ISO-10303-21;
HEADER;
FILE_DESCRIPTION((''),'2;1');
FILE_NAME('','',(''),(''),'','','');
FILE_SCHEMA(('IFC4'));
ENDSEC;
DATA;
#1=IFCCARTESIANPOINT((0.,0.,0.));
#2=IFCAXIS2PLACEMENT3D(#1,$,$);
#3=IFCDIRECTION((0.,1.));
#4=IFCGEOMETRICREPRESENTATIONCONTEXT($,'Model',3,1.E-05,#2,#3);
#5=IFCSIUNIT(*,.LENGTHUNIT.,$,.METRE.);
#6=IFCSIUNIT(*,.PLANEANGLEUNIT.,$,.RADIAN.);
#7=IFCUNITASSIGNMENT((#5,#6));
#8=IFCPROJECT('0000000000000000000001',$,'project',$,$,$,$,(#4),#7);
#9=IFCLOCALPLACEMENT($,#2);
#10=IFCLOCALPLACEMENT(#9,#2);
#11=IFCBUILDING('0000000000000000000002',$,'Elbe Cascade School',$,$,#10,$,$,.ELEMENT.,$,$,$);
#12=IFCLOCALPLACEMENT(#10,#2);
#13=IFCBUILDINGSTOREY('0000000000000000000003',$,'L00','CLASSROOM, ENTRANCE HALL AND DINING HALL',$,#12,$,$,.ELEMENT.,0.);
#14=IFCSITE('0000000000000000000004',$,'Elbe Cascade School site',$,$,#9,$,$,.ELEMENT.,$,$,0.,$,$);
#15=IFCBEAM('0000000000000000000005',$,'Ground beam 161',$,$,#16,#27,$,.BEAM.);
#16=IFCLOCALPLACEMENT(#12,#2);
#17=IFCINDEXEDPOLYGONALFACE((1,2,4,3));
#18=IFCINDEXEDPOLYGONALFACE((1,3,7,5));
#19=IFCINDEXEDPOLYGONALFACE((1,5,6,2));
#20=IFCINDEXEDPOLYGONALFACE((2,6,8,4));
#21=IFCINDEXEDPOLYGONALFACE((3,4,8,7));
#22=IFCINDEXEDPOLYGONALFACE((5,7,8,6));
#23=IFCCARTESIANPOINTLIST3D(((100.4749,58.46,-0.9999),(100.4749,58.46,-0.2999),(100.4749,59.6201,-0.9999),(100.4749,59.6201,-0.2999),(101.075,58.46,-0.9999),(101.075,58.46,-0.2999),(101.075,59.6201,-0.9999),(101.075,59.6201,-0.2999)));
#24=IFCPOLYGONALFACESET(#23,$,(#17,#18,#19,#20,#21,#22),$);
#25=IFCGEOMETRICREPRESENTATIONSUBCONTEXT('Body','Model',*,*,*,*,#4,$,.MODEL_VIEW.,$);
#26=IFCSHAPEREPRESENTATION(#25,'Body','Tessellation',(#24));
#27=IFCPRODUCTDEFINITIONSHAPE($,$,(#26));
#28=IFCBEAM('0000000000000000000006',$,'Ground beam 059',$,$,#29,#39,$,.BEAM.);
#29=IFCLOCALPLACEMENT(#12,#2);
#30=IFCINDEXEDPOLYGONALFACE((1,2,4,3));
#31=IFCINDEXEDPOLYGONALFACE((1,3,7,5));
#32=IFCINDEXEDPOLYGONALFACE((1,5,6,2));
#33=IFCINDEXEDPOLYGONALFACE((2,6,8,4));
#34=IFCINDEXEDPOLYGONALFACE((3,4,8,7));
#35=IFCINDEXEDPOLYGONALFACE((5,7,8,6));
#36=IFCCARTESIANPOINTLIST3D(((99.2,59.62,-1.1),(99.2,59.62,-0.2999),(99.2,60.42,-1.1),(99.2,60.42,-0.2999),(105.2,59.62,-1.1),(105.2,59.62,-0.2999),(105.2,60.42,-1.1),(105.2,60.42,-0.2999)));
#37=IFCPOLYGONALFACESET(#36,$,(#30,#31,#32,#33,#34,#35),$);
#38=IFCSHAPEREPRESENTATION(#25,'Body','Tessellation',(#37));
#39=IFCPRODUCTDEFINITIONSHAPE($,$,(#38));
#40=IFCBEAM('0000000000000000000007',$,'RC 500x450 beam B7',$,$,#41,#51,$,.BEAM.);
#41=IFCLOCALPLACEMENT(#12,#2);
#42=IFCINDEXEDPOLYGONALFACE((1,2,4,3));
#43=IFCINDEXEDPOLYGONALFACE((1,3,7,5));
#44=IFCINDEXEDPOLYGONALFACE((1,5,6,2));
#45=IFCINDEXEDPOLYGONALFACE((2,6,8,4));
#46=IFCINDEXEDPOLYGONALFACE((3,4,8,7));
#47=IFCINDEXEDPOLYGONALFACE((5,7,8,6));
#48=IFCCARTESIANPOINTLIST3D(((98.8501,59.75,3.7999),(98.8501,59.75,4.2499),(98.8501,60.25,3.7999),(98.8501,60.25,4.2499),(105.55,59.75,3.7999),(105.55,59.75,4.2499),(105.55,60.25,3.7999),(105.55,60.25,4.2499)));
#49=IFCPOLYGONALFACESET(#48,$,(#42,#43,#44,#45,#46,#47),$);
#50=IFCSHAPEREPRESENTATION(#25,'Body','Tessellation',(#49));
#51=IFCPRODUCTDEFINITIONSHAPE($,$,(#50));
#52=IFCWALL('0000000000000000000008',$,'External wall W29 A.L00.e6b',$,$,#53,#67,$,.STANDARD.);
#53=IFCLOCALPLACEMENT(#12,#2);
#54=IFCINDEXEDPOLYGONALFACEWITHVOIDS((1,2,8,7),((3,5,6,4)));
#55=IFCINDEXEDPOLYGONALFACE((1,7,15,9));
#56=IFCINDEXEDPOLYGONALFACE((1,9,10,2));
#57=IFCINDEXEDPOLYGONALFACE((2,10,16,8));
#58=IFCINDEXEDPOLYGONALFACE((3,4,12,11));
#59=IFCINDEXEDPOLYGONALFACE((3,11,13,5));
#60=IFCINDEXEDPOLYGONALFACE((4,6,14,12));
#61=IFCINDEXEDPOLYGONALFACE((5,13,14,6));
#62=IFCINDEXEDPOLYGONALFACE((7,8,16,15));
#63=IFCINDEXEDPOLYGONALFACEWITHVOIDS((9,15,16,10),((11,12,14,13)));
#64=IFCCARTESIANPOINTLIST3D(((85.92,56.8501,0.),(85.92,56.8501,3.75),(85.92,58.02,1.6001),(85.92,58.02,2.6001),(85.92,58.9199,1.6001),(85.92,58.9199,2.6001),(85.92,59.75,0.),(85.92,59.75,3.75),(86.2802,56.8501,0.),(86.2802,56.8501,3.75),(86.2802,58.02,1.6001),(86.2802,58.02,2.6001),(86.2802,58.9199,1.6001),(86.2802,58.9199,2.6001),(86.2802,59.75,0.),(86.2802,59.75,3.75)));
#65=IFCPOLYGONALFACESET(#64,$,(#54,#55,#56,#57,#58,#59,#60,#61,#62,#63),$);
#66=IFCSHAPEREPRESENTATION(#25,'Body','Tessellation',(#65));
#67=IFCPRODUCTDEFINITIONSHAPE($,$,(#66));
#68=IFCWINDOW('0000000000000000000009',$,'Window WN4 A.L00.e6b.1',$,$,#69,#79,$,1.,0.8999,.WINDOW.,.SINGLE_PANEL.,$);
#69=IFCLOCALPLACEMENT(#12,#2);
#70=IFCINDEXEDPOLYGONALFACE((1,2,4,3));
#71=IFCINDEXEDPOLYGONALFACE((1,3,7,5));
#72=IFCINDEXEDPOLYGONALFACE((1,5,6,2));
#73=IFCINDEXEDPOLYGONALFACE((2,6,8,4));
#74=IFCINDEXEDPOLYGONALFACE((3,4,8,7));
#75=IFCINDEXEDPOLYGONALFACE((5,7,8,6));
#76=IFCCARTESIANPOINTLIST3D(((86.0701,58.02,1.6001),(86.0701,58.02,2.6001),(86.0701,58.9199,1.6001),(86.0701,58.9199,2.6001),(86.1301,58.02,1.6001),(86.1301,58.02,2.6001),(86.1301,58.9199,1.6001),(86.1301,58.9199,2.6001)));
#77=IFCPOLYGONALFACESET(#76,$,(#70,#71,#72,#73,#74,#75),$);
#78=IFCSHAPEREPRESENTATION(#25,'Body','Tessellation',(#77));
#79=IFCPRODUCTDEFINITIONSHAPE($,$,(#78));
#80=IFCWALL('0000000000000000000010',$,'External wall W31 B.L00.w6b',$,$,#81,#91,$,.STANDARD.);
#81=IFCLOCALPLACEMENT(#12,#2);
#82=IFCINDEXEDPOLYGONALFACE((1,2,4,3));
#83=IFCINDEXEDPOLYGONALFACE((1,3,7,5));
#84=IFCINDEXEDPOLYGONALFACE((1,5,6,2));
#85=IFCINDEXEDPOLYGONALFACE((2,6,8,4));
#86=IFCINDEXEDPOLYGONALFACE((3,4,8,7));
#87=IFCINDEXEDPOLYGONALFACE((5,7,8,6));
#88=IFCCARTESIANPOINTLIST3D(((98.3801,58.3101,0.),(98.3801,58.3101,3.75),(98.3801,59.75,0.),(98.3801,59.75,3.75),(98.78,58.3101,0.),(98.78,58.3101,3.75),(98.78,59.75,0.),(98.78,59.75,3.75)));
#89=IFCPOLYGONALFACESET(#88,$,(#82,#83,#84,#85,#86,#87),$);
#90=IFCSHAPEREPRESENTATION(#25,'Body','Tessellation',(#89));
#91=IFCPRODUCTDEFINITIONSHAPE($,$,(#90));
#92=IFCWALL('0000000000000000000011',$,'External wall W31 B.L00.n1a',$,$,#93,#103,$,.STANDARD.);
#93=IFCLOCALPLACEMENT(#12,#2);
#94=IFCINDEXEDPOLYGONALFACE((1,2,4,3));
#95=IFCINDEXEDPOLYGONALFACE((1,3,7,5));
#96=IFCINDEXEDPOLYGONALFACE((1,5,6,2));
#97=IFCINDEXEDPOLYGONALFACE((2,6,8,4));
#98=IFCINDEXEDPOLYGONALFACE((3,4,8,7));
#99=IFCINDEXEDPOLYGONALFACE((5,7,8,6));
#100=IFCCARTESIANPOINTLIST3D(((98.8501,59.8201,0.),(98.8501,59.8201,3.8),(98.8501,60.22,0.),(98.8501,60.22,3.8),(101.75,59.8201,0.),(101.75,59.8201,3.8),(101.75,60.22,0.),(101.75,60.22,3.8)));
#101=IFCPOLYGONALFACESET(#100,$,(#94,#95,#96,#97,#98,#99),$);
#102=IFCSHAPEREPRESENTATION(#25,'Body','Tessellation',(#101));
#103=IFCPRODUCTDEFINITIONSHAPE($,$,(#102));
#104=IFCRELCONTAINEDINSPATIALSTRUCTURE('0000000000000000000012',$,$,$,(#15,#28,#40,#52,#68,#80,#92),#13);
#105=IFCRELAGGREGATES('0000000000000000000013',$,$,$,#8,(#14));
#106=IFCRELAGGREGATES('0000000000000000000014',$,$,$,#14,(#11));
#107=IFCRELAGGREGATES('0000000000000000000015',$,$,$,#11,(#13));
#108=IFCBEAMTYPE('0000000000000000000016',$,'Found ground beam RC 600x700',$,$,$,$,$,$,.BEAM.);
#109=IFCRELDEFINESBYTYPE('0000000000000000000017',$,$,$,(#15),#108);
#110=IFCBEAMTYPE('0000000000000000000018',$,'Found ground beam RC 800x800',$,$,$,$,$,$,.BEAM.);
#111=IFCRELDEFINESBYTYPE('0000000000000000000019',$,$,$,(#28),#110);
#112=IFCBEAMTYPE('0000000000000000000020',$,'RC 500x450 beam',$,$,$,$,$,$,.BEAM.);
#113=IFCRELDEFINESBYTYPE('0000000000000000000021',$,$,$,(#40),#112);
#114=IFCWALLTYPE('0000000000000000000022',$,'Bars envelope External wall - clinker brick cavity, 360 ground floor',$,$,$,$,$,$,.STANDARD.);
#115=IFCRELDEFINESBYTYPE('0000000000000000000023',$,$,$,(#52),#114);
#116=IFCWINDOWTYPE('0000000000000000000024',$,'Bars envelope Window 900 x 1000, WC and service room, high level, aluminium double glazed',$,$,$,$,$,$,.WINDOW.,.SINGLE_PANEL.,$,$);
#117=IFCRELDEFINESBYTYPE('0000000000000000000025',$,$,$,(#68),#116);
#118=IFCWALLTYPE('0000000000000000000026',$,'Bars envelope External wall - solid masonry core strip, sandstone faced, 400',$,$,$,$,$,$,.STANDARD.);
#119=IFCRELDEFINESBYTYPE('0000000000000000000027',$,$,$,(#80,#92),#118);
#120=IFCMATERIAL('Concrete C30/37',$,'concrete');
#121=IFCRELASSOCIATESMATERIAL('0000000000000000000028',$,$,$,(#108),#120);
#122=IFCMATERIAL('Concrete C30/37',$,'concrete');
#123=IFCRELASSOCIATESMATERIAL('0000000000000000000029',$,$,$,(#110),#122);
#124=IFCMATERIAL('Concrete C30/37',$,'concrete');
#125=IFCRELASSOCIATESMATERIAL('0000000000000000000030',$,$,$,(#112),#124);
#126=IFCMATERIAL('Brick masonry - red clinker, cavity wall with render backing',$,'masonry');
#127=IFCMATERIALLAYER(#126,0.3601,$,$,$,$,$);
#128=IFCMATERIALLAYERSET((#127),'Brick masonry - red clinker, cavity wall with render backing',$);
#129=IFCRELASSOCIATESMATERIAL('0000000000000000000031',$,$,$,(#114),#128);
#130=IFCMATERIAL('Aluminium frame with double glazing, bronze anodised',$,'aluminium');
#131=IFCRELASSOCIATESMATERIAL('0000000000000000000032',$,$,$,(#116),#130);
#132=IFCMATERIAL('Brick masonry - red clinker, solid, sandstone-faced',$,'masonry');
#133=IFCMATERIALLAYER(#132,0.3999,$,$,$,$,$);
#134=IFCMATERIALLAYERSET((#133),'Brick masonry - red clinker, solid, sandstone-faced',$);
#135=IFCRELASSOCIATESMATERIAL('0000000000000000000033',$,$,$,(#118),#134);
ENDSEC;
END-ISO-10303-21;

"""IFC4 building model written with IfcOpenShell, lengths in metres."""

from ifc_helpers import new_model, si_unit, direction, frame, frame_2d, origin, origin_2d, place, context, subcontext, project, spatial, rectangle, extrude, material, layer, layer_set, material_profile, profile_set, type_object, element, fill, save


model = new_model("IFC4")

# Units and contexts
model_context = context("Model", 3, precision=1e-05, world=origin(), true_north=direction((0.0, 1.0)))
body_context = subcontext(model_context, "Body", "Model", "MODEL_VIEW")
ifc_project = project(units=[si_unit("LENGTHUNIT", "METRE"), si_unit("PLANEANGLEUNIT", "RADIAN")], contexts=[model_context])

# Site, building, storey
site_placement = place(None, origin())
site = spatial("IfcSite", under=ifc_project, at=site_placement, Name="Elbe Cascade School site", CompositionType="ELEMENT", RefElevation=0.0)
building_placement = place(site_placement, origin())
building = spatial("IfcBuilding", under=site, at=building_placement, Name="Elbe Cascade School", CompositionType="ELEMENT")
storey_placement = place(building_placement, origin())
storey = spatial("IfcBuildingStorey", under=building, at=storey_placement, Name="L00", Description="CLASSROOM, ENTRANCE HALL AND DINING HALL", CompositionType="ELEMENT", Elevation=0.0)

# Beams
ifc_material_1 = material(Name="Concrete C30/37", Category="concrete")
ifc_material_profile_1 = material_profile(ifc_material_1, rectangle(XDim=0.6001, YDim=0.7, at=origin_2d()), Name="RC 600x700")
ifc_profile_set_1 = profile_set([ifc_material_profile_1], Name="Concrete C30/37")
beam_type_1 = type_object("IfcBeamType", Name="Found ground beam RC 600x700", PredefinedType="BEAM", material=ifc_profile_set_1)
beam_1_placement = place(storey_placement, frame((100.7749, 58.46, -0.6499), z_axis=(0.0, 1.0, 0.0), x_axis=(-1.0, 0.0, 0.0)))
element("IfcBeam", 1, at=beam_1_placement, inside=storey, type_object=beam_type_1, Name="Ground beam 161", PredefinedType="BEAM", context=body_context, shape_type="SweptSolid", body=[
    extrude(rectangle(XDim=0.6001, YDim=0.7, at=origin_2d()), origin(), (0.0, 0.0, 1.0), 1.1602),
])
ifc_material_2 = material(Name="Concrete C30/37", Category="concrete")
ifc_material_profile_2 = material_profile(ifc_material_2, rectangle(XDim=0.8, YDim=0.8, at=origin_2d()), Name="RC 800x800")
ifc_profile_set_2 = profile_set([ifc_material_profile_2], Name="Concrete C30/37")
beam_type_2 = type_object("IfcBeamType", Name="Found ground beam RC 800x800", PredefinedType="BEAM", material=ifc_profile_set_2)
beam_2_placement = place(storey_placement, frame((99.2, 60.02, -0.7), z_axis=(1.0, 0.0, 0.0), x_axis=(0.0, 1.0, 0.0)))
element("IfcBeam", 2, at=beam_2_placement, inside=storey, type_object=beam_type_2, Name="Ground beam 059", PredefinedType="BEAM", context=body_context, shape_type="SweptSolid", body=[
    extrude(rectangle(XDim=0.8, YDim=0.8, at=origin_2d()), origin(), (0.0, 0.0, 1.0), 6.0),
])
ifc_material_3 = material(Name="Concrete C30/37", Category="concrete")
ifc_material_profile_3 = material_profile(ifc_material_3, rectangle(XDim=0.5, YDim=0.45, at=origin_2d()), Name="RC 500x450")
ifc_profile_set_3 = profile_set([ifc_material_profile_3], Name="Concrete C30/37")
beam_type_3 = type_object("IfcBeamType", Name="RC 500x450 beam", PredefinedType="BEAM", material=ifc_profile_set_3)
beam_3_placement = place(storey_placement, frame((98.8501, 60.0, 4.0249), z_axis=(1.0, 0.0, 0.0), x_axis=(0.0, 1.0, 0.0)))
element("IfcBeam", 3, at=beam_3_placement, inside=storey, type_object=beam_type_3, Name="RC 500x450 beam B7", PredefinedType="BEAM", context=body_context, shape_type="SweptSolid", body=[
    extrude(rectangle(XDim=0.5, YDim=0.45, at=origin_2d()), origin(), (0.0, 0.0, 1.0), 6.7),
])

# Wall, opening, window
ifc_material_4 = material(Name="Brick masonry - red clinker, cavity wall with render backing", Category="masonry")
ifc_layer_1 = layer(ifc_material_4, 0.3601)
ifc_layer_set_1 = layer_set([ifc_layer_1], Name="Brick masonry - red clinker, cavity wall with render backing")
wall_type_1 = type_object("IfcWallType", Name="Bars envelope External wall - clinker brick cavity, 360 ground floor", PredefinedType="STANDARD", material=ifc_layer_set_1)
wall_1_placement = place(storey_placement, frame((86.1001, 59.75, 0.0), z_axis=(0.0, 0.0, 1.0), x_axis=(0.0, -1.0, 0.0)))
wall_1 = element("IfcWall", 4, at=wall_1_placement, inside=storey, type_object=wall_type_1, Name="External wall W29 A.L00.e6b", PredefinedType="STANDARD", context=body_context, shape_type="SweptSolid", body=[
    extrude(rectangle(XDim=2.8999, YDim=0.3601, at=frame_2d((1.45, 0.0))), origin(), (0.0, 0.0, 1.0), 3.75),
])
opening_placement = place(wall_1_placement, frame((0.8301, 0.0, 1.6001)))
opening = element("IfcOpeningElement", 5, at=opening_placement, cuts=wall_1, PredefinedType="OPENING", context=body_context, shape_type="SweptSolid", body=[
    extrude(rectangle(XDim=0.8999, YDim=1.0, at=frame_2d((0.45, 0.5))), frame((0.0, 0.1899, 0.0), z_axis=(0.0, -1.0, 0.0), x_axis=(1.0, 0.0, 0.0)), (0.0, 0.0, 1.0), 0.3801),
])
ifc_material_5 = material(Name="Aluminium frame with double glazing, bronze anodised", Category="aluminium")
window_type = type_object("IfcWindowType", Name="Bars envelope Window 900 x 1000, WC and service room, high level, aluminium double glazed", PartitioningType="SINGLE_PANEL", PredefinedType="WINDOW", material=ifc_material_5)
window_placement = place(opening_placement, origin())
window = element("IfcWindow", 6, at=window_placement, inside=storey, type_object=window_type, Name="Window WN4 A.L00.e6b.1", OverallHeight=1.0, OverallWidth=0.8999, PartitioningType="SINGLE_PANEL", PredefinedType="WINDOW", context=body_context, shape_type="SweptSolid", body=[
    extrude(rectangle(XDim=0.8999, YDim=1.0, at=frame_2d((0.45, 0.5))), frame((0.0, 0.03, 0.0), z_axis=(0.0, -1.0, 0.0), x_axis=(1.0, 0.0, 0.0)), (0.0, 0.0, 1.0), 0.0601),
])
fill(opening, window)

# Walls
ifc_material_6 = material(Name="Brick masonry - red clinker, solid, sandstone-faced", Category="masonry")
ifc_layer_2 = layer(ifc_material_6, 0.3999)
ifc_layer_set_2 = layer_set([ifc_layer_2], Name="Brick masonry - red clinker, solid, sandstone-faced")
wall_type_2 = type_object("IfcWallType", Name="Bars envelope External wall - solid masonry core strip, sandstone faced, 400", PredefinedType="STANDARD", material=ifc_layer_set_2)
wall_2_placement = place(storey_placement, frame((98.5801, 58.3101, 0.0), z_axis=(0.0, 0.0, 1.0), x_axis=(0.0, 1.0, 0.0)))
element("IfcWall", 7, at=wall_2_placement, inside=storey, type_object=wall_type_2, Name="External wall W31 B.L00.w6b", PredefinedType="STANDARD", context=body_context, shape_type="SweptSolid", body=[
    extrude(rectangle(XDim=1.4399, YDim=0.3999, at=frame_2d((0.72, 0.0))), origin(), (0.0, 0.0, 1.0), 3.75),
])
wall_3_placement = place(storey_placement, frame((98.8501, 60.02, 0.0), z_axis=(0.0, 0.0, 1.0), x_axis=(1.0, 0.0, 0.0)))
element("IfcWall", 8, at=wall_3_placement, inside=storey, type_object=wall_type_2, Name="External wall W31 B.L00.n1a", PredefinedType="STANDARD", context=body_context, shape_type="SweptSolid", body=[
    extrude(rectangle(XDim=2.8999, YDim=0.3999, at=frame_2d((1.45, 0.0))), origin(), (0.0, 0.0, 1.0), 3.8),
])

save(model, "model.ifc")
